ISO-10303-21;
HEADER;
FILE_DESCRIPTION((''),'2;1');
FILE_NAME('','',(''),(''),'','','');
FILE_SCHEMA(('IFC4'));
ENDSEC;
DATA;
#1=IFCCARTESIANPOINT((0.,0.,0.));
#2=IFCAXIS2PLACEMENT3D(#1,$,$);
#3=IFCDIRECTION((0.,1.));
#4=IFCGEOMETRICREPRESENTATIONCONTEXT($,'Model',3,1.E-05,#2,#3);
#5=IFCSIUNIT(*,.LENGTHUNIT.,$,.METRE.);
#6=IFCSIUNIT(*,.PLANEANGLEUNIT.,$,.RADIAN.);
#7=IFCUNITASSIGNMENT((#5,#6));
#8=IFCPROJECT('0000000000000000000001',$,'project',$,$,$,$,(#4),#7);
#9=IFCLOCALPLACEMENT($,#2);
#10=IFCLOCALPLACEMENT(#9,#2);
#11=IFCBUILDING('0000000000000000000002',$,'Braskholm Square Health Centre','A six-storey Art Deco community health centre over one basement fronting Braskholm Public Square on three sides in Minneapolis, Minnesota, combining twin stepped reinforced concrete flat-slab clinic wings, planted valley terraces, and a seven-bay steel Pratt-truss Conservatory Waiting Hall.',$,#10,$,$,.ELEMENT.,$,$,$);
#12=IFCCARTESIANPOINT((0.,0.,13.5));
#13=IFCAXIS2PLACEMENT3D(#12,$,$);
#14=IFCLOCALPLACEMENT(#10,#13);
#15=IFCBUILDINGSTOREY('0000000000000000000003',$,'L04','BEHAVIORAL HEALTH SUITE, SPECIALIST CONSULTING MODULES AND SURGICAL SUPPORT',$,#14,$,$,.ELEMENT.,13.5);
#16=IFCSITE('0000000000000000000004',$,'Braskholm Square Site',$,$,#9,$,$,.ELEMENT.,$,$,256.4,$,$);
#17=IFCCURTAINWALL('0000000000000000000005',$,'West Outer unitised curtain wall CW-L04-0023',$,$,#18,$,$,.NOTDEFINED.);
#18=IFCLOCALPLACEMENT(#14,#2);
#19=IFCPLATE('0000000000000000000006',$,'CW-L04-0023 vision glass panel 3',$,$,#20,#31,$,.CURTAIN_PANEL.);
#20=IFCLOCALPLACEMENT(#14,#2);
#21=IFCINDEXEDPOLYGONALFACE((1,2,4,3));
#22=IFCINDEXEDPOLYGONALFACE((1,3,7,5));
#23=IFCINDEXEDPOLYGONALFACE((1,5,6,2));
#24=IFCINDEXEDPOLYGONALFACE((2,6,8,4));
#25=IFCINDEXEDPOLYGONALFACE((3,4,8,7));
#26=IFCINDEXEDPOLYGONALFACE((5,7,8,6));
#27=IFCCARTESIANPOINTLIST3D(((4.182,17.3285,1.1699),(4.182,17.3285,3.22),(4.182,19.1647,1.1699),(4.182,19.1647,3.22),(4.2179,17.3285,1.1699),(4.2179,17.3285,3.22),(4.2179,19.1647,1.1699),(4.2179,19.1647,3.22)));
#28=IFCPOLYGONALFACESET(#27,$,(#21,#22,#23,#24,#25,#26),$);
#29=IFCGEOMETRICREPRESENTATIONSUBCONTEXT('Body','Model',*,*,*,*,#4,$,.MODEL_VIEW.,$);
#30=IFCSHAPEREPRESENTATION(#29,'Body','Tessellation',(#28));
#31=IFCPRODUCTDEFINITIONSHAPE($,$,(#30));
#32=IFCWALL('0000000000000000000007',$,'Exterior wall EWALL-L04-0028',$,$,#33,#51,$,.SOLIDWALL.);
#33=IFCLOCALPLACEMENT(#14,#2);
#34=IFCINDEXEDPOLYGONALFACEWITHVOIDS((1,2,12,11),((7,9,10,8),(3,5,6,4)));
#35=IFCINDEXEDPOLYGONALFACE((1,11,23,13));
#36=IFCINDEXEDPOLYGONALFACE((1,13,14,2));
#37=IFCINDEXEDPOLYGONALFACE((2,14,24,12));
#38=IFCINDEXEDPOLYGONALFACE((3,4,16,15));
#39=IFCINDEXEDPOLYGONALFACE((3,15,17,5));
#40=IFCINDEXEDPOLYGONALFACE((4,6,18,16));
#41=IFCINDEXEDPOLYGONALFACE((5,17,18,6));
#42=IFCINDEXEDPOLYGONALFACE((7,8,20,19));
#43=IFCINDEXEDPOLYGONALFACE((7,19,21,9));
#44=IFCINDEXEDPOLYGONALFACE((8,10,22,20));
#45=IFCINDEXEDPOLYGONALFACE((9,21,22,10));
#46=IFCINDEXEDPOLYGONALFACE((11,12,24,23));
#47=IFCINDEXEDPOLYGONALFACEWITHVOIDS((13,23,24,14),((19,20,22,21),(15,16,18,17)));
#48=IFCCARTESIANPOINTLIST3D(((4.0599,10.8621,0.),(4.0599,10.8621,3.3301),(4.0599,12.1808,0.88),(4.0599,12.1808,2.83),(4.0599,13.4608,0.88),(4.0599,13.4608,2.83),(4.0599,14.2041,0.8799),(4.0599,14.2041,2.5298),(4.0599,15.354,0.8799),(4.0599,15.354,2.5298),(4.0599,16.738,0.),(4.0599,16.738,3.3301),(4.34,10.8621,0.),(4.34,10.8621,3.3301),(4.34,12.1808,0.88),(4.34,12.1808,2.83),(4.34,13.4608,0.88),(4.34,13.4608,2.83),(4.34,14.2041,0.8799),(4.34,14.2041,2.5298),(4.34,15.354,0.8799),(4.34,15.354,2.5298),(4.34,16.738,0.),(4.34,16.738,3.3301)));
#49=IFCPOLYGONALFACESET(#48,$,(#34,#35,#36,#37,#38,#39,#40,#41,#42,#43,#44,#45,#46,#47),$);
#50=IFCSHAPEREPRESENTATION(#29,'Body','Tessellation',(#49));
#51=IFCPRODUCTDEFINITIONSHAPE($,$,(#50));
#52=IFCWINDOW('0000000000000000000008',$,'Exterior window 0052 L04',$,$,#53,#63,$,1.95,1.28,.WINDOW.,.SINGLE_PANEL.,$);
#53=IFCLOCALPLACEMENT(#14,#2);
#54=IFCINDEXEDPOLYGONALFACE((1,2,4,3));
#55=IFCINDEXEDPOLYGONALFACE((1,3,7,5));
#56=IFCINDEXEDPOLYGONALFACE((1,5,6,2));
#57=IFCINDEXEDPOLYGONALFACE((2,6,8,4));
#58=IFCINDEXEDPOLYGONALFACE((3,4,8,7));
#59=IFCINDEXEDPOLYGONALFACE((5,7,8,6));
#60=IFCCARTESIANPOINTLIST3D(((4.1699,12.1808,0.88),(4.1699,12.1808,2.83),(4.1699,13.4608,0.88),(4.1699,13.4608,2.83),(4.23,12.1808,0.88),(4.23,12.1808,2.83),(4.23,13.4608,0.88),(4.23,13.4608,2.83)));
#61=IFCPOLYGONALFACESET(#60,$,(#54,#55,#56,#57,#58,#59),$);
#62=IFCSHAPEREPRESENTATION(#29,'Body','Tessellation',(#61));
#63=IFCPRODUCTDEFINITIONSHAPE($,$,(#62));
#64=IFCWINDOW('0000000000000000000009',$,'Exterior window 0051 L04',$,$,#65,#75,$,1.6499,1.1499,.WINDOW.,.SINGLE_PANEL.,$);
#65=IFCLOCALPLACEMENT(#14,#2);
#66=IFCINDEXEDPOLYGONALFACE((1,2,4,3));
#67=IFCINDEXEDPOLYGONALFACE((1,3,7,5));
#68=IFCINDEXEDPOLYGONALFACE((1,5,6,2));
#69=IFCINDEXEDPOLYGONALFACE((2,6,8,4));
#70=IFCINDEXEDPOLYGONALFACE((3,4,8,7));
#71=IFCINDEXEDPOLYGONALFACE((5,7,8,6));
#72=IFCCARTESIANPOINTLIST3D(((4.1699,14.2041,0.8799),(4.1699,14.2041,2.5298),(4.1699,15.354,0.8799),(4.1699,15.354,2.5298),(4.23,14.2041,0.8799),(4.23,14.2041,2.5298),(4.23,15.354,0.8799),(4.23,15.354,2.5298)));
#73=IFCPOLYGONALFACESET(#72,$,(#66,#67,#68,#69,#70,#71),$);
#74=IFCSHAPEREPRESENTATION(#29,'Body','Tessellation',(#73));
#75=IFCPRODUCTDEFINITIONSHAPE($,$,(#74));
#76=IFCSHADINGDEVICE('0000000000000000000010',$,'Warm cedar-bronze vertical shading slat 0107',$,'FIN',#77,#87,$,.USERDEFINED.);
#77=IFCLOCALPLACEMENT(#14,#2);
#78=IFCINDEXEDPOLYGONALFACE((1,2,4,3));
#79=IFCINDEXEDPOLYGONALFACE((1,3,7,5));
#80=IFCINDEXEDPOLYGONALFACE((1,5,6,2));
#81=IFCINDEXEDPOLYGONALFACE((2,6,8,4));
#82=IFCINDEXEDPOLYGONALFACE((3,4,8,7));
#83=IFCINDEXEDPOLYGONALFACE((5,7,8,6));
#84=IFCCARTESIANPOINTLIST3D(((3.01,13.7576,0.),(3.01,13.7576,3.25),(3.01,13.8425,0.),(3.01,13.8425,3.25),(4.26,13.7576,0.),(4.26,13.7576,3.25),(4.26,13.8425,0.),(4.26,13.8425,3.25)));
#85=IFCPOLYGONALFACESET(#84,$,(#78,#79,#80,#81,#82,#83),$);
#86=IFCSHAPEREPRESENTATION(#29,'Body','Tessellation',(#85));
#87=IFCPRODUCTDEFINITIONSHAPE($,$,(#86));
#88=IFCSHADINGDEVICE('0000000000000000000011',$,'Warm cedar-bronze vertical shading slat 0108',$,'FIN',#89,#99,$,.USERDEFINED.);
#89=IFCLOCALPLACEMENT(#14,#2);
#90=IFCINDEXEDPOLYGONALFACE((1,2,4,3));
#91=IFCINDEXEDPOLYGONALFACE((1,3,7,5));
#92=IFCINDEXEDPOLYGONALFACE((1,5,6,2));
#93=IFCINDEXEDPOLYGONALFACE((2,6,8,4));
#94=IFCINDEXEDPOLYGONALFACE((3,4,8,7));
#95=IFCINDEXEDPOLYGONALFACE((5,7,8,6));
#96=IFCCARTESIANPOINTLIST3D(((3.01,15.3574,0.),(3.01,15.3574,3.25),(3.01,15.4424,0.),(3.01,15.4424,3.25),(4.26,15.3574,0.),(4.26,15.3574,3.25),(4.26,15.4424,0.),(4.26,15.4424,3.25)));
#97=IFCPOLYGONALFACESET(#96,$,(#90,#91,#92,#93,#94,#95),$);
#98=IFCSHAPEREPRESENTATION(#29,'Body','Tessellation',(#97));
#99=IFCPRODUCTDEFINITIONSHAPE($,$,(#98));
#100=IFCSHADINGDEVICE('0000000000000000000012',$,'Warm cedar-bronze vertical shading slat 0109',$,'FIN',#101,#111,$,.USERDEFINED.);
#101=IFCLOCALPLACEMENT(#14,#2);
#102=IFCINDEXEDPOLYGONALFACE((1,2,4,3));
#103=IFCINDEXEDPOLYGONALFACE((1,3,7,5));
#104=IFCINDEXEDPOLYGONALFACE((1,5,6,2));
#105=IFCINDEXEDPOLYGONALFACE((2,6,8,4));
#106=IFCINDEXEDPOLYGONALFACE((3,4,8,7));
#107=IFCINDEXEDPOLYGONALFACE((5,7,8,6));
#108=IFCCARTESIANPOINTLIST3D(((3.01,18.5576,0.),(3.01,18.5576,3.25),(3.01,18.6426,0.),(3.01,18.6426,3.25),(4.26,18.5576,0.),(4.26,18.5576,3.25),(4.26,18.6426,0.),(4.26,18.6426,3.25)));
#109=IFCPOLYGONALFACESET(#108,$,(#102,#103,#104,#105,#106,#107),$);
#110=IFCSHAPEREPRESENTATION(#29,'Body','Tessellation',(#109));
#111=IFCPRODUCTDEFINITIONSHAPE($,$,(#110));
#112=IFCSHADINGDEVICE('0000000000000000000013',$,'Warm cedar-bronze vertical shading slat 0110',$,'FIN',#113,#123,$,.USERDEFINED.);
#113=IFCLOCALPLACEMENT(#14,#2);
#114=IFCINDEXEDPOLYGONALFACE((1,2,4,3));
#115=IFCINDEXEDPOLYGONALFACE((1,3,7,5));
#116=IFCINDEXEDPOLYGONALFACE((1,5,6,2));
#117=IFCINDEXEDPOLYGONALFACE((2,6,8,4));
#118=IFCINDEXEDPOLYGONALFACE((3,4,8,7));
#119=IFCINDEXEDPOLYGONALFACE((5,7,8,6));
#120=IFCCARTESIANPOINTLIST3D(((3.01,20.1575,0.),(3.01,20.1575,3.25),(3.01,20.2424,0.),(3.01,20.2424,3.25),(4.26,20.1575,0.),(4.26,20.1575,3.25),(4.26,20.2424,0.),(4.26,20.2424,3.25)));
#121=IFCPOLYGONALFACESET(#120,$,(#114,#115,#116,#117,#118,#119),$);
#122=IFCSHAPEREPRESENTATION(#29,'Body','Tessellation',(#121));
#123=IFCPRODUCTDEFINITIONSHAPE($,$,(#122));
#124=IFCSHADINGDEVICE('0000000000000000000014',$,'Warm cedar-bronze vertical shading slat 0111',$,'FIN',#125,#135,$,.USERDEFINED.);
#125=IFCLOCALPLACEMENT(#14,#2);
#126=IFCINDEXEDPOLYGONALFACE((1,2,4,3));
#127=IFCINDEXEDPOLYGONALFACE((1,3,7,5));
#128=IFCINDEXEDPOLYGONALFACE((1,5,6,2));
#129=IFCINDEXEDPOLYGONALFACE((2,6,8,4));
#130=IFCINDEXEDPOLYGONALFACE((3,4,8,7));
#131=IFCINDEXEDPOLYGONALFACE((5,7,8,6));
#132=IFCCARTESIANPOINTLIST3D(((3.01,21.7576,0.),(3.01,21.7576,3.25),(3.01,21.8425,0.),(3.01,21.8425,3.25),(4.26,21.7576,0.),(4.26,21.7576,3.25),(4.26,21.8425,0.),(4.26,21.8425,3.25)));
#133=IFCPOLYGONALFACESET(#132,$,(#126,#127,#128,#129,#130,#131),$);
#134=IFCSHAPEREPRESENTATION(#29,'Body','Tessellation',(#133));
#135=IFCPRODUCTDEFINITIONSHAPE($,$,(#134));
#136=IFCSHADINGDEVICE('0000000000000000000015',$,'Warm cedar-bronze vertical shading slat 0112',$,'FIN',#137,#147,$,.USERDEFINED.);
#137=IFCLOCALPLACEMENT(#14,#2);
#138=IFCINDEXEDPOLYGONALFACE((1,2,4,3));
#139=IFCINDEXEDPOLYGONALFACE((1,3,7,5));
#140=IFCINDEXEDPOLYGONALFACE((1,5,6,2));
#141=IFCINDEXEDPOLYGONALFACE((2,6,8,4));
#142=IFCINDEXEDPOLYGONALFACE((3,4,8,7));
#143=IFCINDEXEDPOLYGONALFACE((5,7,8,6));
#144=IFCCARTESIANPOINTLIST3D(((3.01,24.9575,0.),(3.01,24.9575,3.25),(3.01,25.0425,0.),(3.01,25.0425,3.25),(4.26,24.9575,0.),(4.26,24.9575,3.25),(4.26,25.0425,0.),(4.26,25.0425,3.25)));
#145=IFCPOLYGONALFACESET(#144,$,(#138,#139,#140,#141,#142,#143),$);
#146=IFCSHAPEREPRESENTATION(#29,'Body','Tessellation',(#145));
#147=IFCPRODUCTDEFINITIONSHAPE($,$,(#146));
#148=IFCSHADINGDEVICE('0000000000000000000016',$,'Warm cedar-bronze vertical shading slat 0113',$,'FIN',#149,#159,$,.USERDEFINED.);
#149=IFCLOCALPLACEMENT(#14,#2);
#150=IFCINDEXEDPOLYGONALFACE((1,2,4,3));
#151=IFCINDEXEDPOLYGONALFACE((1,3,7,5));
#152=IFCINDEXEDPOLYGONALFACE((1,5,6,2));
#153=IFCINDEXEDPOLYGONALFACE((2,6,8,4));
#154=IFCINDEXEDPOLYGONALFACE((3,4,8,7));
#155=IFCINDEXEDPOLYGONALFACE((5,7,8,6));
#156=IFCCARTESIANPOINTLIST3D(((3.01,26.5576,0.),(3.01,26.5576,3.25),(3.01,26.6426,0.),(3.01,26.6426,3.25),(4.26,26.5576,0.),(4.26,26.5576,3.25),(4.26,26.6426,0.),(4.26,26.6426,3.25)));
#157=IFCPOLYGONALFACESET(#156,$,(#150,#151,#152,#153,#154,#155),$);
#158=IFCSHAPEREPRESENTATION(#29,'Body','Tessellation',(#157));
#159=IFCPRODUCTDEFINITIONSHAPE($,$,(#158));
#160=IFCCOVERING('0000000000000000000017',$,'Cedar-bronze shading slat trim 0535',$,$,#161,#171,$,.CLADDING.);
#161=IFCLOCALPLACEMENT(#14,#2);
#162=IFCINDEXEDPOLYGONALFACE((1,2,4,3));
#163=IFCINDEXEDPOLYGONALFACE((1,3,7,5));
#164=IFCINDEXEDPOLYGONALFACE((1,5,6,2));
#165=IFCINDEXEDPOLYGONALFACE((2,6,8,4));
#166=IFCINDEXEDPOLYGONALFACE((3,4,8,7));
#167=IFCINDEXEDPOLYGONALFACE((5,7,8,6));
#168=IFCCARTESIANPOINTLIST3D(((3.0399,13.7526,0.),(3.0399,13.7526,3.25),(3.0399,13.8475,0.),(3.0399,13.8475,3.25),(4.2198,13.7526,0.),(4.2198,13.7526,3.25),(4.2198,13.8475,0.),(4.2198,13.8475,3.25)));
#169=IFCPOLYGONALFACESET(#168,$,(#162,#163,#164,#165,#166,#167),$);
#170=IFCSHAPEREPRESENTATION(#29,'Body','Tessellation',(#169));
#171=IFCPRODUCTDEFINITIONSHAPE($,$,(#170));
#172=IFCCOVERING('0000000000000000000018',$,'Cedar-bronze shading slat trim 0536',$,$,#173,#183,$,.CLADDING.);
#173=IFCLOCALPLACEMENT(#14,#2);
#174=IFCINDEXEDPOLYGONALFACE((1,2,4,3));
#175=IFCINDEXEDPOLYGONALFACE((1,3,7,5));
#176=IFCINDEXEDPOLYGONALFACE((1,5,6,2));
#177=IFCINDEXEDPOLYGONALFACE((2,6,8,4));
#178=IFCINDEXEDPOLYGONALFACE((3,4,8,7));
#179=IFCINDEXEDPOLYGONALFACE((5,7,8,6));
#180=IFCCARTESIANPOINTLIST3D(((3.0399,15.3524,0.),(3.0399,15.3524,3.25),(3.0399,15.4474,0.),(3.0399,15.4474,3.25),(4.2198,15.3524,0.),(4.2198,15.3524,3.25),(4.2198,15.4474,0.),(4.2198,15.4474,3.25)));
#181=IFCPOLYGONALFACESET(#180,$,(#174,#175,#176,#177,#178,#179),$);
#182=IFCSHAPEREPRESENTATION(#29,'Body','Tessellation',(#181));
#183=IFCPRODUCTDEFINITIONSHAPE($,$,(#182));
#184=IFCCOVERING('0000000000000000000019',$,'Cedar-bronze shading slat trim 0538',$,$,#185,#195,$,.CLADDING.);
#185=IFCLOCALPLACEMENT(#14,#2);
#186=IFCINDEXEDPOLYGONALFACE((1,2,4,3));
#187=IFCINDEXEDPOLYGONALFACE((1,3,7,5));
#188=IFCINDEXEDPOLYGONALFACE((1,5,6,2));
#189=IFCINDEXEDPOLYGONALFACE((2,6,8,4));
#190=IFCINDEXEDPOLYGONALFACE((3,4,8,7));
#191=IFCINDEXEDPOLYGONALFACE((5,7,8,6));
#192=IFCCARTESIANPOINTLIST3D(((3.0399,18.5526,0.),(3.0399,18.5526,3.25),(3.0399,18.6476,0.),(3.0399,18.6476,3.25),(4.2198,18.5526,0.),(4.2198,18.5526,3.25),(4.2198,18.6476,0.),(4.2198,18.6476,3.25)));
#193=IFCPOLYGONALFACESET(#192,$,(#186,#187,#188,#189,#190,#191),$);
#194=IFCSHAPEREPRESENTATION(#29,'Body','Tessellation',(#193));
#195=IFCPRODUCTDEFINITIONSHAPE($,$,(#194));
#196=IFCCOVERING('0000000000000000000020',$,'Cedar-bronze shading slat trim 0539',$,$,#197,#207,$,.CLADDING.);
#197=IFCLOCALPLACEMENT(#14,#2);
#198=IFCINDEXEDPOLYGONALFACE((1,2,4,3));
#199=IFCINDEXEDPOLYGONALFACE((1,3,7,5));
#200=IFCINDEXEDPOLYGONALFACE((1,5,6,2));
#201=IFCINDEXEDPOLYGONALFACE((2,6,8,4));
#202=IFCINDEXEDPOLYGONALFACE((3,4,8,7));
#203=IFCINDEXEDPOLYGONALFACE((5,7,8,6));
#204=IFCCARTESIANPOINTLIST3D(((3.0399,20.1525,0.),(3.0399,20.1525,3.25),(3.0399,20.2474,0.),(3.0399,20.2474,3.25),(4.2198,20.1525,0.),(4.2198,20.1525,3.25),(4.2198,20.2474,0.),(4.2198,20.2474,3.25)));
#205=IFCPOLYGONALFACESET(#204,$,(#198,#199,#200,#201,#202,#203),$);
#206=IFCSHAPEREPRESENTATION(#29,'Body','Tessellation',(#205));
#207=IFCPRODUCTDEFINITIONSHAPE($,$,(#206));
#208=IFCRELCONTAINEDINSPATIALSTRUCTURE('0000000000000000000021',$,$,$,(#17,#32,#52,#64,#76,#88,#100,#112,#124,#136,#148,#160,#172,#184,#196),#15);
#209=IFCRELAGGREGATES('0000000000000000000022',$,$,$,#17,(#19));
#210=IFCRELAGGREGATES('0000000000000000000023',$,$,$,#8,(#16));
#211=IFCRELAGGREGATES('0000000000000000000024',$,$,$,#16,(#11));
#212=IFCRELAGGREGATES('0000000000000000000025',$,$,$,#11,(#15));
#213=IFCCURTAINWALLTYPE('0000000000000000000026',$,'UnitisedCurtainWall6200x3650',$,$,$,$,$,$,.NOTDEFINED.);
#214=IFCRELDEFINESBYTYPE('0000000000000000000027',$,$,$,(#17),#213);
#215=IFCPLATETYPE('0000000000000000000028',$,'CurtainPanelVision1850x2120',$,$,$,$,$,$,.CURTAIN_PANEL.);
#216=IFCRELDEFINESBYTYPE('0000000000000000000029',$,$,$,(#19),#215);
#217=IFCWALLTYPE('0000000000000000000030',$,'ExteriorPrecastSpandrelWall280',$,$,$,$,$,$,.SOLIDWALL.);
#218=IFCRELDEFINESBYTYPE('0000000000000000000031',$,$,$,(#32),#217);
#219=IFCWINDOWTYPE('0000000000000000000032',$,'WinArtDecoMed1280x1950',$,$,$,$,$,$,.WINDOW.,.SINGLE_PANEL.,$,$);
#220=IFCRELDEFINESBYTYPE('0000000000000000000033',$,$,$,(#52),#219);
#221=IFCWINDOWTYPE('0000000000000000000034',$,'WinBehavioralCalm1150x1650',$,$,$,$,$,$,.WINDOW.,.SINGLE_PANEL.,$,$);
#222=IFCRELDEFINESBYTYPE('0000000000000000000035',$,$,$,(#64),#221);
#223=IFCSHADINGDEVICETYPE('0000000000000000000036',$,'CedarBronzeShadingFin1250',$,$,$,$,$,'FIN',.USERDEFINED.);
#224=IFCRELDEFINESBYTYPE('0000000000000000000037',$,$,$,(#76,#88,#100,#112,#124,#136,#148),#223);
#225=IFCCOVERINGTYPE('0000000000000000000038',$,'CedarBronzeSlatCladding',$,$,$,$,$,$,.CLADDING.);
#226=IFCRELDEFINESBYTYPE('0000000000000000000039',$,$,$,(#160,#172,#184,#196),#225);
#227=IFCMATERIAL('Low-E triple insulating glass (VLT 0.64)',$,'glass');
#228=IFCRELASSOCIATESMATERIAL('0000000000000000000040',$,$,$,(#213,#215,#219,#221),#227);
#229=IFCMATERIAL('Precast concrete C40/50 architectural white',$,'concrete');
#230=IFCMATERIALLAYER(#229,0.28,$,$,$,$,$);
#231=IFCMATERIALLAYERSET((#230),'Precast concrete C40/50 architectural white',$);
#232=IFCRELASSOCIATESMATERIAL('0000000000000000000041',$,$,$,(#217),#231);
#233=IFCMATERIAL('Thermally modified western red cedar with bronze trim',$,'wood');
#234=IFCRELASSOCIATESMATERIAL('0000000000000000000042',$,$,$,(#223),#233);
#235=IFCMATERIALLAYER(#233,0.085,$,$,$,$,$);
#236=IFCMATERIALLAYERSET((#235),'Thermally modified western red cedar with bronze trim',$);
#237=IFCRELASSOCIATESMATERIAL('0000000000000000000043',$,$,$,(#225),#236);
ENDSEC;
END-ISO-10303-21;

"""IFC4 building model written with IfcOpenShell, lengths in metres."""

from ifc_helpers import new_model, si_unit, direction, frame, frame_2d, origin, origin_with_axes, origin_2d, place, context, subcontext, project, spatial, rectangle, extrude, material, layer, layer_set, type_object, element, fill, aggregate, save


model = new_model("IFC4")

# Units and contexts
model_context = context("Model", 3, precision=1e-05, world=origin(), true_north=direction((0.0, 1.0)))
body_context = subcontext(model_context, "Body", "Model", "MODEL_VIEW")
ifc_project = project(units=[si_unit("LENGTHUNIT", "METRE"), si_unit("PLANEANGLEUNIT", "RADIAN")], contexts=[model_context])

# Site, building, storey
site_placement = place(None, origin())
site = spatial("IfcSite", under=ifc_project, at=site_placement, Name="Braskholm Square Site", CompositionType="ELEMENT", RefElevation=256.4)
building_placement = place(site_placement, origin())
building = spatial("IfcBuilding", under=site, at=building_placement, Name="Braskholm Square Health Centre", Description="A six-storey Art Deco community health centre over one basement fronting Braskholm Public Square on three sides in Minneapolis, Minnesota, combining twin stepped reinforced concrete flat-slab clinic wings, planted valley terraces, and a seven-bay steel Pratt-truss Conservatory Waiting Hall.", CompositionType="ELEMENT")
storey_placement = place(building_placement, frame((0.0, 0.0, 13.5)))
storey = spatial("IfcBuildingStorey", under=building, at=storey_placement, Name="L04", Description="BEHAVIORAL HEALTH SUITE, SPECIALIST CONSULTING MODULES AND SURGICAL SUPPORT", CompositionType="ELEMENT", Elevation=13.5)

# Shared definitions
ifc_material_1 = material(Name="Precast concrete C40/50 architectural white", Category="concrete")

# Curtain wall
ifc_material_2 = material(Name="Low-E triple insulating glass (VLT 0.64)", Category="glass")
curtain_wall_type = type_object("IfcCurtainWallType", Name="UnitisedCurtainWall6200x3650", PredefinedType="NOTDEFINED", material=ifc_material_2)
curtain_wall_placement = place(storey_placement, origin())
curtain_wall = element("IfcCurtainWall", 1, at=curtain_wall_placement, inside=storey, type_object=curtain_wall_type, Name="West Outer unitised curtain wall CW-L04-0023", PredefinedType="NOTDEFINED")

# Plate
plate_type_1 = type_object("IfcPlateType", Name="CurtainPanelVision1850x2120", PredefinedType="CURTAIN_PANEL", material=ifc_material_2)
plate_1_placement = place(storey_placement, frame((4.2, 18.2466, 1.1699), z_axis=(0.0, 0.0, 1.0), x_axis=(0.0, -1.0, 0.0)))
plate_1 = element("IfcPlate", 2, at=plate_1_placement, type_object=plate_type_1, Name="CW-L04-0023 vision glass panel 3", PredefinedType="CURTAIN_PANEL", context=body_context, shape_type="SweptSolid", body=[
    extrude(rectangle(XDim=1.8362, YDim=0.0359, at=origin_2d()), origin(), (0.0, 0.0, 1.0), 2.05),
])
aggregate(curtain_wall, [plate_1])

# Wall, openings, windows
ifc_layer_1 = layer(ifc_material_1, 0.28)
ifc_layer_set_1 = layer_set([ifc_layer_1], Name="Precast concrete C40/50 architectural white")
wall_type = type_object("IfcWallType", Name="ExteriorPrecastSpandrelWall280", PredefinedType="SOLIDWALL", material=ifc_layer_set_1)
wall_placement = place(storey_placement, frame((4.2, 16.738, 0.0), z_axis=(0.0, 0.0, 1.0), x_axis=(0.0, -1.0, 0.0)))
wall = element("IfcWall", 3, at=wall_placement, inside=storey, type_object=wall_type, Name="Exterior wall EWALL-L04-0028", PredefinedType="SOLIDWALL", context=body_context, shape_type="SweptSolid", body=[
    extrude(rectangle(XDim=5.876, YDim=0.28, at=frame_2d((2.938, 0.0))), origin(), (0.0, 0.0, 1.0), 3.3301),
])
opening_1_placement = place(wall_placement, frame((1.384, 0.0, 0.8799)))
opening_1 = element("IfcOpeningElement", 4, at=opening_1_placement, cuts=wall, PredefinedType="OPENING", context=body_context, shape_type="SweptSolid", body=[
    extrude(rectangle(XDim=1.1499, YDim=1.6499, at=frame_2d((0.575, 0.825))), frame((0.0, 0.1499, 0.0), z_axis=(0.0, -1.0, 0.0), x_axis=(1.0, 0.0, 0.0)), (0.0, 0.0, 1.0), 0.3),
])
opening_2_placement = place(wall_placement, frame((3.2771, 0.0, 0.8799)))
opening_2 = element("IfcOpeningElement", 5, at=opening_2_placement, cuts=wall, PredefinedType="OPENING", context=body_context, shape_type="SweptSolid", body=[
    extrude(rectangle(XDim=1.28, YDim=1.95, at=frame_2d((0.6401, 0.9751))), frame((0.0, 0.1499, 0.0), z_axis=(0.0, -1.0, 0.0), x_axis=(1.0, 0.0, 0.0)), (0.0, 0.0, 1.0), 0.3),
])
window_type_1 = type_object("IfcWindowType", Name="WinArtDecoMed1280x1950", PartitioningType="SINGLE_PANEL", PredefinedType="WINDOW", material=ifc_material_2)
window_1_placement = place(opening_2_placement, origin_with_axes())
window_1 = element("IfcWindow", 6, at=window_1_placement, inside=storey, type_object=window_type_1, Name="Exterior window 0052 L04", OverallHeight=1.95, OverallWidth=1.28, PartitioningType="SINGLE_PANEL", PredefinedType="WINDOW", context=body_context, shape_type="SweptSolid", body=[
    extrude(rectangle(XDim=1.28, YDim=1.95, at=frame_2d((0.6401, 0.9751))), frame((0.0, 0.03, 0.0), z_axis=(0.0, -1.0, 0.0), x_axis=(1.0, 0.0, 0.0)), (0.0, 0.0, 1.0), 0.0601),
])
fill(opening_2, window_1)
window_type_2 = type_object("IfcWindowType", Name="WinBehavioralCalm1150x1650", PartitioningType="SINGLE_PANEL", PredefinedType="WINDOW", material=ifc_material_2)
window_2_placement = place(opening_1_placement, origin_with_axes())
window_2 = element("IfcWindow", 7, at=window_2_placement, inside=storey, type_object=window_type_2, Name="Exterior window 0051 L04", OverallHeight=1.6499, OverallWidth=1.1499, PartitioningType="SINGLE_PANEL", PredefinedType="WINDOW", context=body_context, shape_type="SweptSolid", body=[
    extrude(rectangle(XDim=1.1499, YDim=1.6499, at=frame_2d((0.575, 0.825))), frame((0.0, 0.03, 0.0), z_axis=(0.0, -1.0, 0.0), x_axis=(1.0, 0.0, 0.0)), (0.0, 0.0, 1.0), 0.0601),
])
fill(opening_1, window_2)

# Shading devices
ifc_material_3 = material(Name="Thermally modified western red cedar with bronze trim", Category="wood")
shading_device_type = type_object("IfcShadingDeviceType", Name="CedarBronzeShadingFin1250", ElementType="FIN", PredefinedType="USERDEFINED", material=ifc_material_3)
for number, where, z_axis, x_axis, name in (
    (8, (3.635, 13.8, 0.0), (0.0, 0.0, 1.0), (1.0, 0.0, 0.0), "Warm cedar-bronze vertical shading slat 0107"),
    (9, (3.635, 15.3999, 0.0), (0.0, 0.0, 1.0), (1.0, 0.0, 0.0), "Warm cedar-bronze vertical shading slat 0108"),
    (10, (3.635, 18.6001, 0.0), (0.0, 0.0, 1.0), (1.0, 0.0, 0.0), "Warm cedar-bronze vertical shading slat 0109"),
    (11, (3.635, 20.2, 0.0), (0.0, 0.0, 1.0), (1.0, 0.0, 0.0), "Warm cedar-bronze vertical shading slat 0110"),
    (12, (3.635, 21.8, 0.0), (0.0, 0.0, 1.0), (1.0, 0.0, 0.0), "Warm cedar-bronze vertical shading slat 0111"),
    (13, (3.635, 25.0, 0.0), (0.0, 0.0, 1.0), (1.0, 0.0, 0.0), "Warm cedar-bronze vertical shading slat 0112"),
    (14, (3.635, 26.6001, 0.0), (0.0, 0.0, 1.0), (1.0, 0.0, 0.0), "Warm cedar-bronze vertical shading slat 0113"),
):
    element("IfcShadingDevice", number, at=place(storey_placement, frame(where, z_axis=z_axis, x_axis=x_axis)), inside=storey, type_object=shading_device_type, Name=name, ObjectType="FIN", PredefinedType="USERDEFINED", context=body_context, shape_type="SweptSolid", body=[
        extrude(rectangle(XDim=1.25, YDim=0.085, at=origin_2d()), origin(), (0.0, 0.0, 1.0), 3.25),
    ])

# Coverings
ifc_layer_2 = layer(ifc_material_3, 0.085)
ifc_layer_set_2 = layer_set([ifc_layer_2], Name="Thermally modified western red cedar with bronze trim")
covering_type_1 = type_object("IfcCoveringType", Name="CedarBronzeSlatCladding", PredefinedType="CLADDING", material=ifc_layer_set_2)
for number, where, z_axis, x_axis, name in (
    (15, (3.6299, 13.8, 0.0), (0.0, 0.0, 1.0), (1.0, 0.0, 0.0), "Cedar-bronze shading slat trim 0535"),
    (16, (3.6299, 15.3999, 0.0), (0.0, 0.0, 1.0), (1.0, 0.0, 0.0), "Cedar-bronze shading slat trim 0536"),
    (17, (3.6299, 18.6001, 0.0), (0.0, 0.0, 1.0), (1.0, 0.0, 0.0), "Cedar-bronze shading slat trim 0538"),
    (18, (3.6299, 20.2, 0.0), (0.0, 0.0, 1.0), (1.0, 0.0, 0.0), "Cedar-bronze shading slat trim 0539"),
):
    element("IfcCovering", number, at=place(storey_placement, frame(where, z_axis=z_axis, x_axis=x_axis)), inside=storey, type_object=covering_type_1, Name=name, PredefinedType="CLADDING", context=body_context, shape_type="SweptSolid", body=[
        extrude(rectangle(XDim=1.1799, YDim=0.095, at=origin_2d()), origin(), (0.0, 0.0, 1.0), 3.25),
    ])

save(model, "model.ifc")
